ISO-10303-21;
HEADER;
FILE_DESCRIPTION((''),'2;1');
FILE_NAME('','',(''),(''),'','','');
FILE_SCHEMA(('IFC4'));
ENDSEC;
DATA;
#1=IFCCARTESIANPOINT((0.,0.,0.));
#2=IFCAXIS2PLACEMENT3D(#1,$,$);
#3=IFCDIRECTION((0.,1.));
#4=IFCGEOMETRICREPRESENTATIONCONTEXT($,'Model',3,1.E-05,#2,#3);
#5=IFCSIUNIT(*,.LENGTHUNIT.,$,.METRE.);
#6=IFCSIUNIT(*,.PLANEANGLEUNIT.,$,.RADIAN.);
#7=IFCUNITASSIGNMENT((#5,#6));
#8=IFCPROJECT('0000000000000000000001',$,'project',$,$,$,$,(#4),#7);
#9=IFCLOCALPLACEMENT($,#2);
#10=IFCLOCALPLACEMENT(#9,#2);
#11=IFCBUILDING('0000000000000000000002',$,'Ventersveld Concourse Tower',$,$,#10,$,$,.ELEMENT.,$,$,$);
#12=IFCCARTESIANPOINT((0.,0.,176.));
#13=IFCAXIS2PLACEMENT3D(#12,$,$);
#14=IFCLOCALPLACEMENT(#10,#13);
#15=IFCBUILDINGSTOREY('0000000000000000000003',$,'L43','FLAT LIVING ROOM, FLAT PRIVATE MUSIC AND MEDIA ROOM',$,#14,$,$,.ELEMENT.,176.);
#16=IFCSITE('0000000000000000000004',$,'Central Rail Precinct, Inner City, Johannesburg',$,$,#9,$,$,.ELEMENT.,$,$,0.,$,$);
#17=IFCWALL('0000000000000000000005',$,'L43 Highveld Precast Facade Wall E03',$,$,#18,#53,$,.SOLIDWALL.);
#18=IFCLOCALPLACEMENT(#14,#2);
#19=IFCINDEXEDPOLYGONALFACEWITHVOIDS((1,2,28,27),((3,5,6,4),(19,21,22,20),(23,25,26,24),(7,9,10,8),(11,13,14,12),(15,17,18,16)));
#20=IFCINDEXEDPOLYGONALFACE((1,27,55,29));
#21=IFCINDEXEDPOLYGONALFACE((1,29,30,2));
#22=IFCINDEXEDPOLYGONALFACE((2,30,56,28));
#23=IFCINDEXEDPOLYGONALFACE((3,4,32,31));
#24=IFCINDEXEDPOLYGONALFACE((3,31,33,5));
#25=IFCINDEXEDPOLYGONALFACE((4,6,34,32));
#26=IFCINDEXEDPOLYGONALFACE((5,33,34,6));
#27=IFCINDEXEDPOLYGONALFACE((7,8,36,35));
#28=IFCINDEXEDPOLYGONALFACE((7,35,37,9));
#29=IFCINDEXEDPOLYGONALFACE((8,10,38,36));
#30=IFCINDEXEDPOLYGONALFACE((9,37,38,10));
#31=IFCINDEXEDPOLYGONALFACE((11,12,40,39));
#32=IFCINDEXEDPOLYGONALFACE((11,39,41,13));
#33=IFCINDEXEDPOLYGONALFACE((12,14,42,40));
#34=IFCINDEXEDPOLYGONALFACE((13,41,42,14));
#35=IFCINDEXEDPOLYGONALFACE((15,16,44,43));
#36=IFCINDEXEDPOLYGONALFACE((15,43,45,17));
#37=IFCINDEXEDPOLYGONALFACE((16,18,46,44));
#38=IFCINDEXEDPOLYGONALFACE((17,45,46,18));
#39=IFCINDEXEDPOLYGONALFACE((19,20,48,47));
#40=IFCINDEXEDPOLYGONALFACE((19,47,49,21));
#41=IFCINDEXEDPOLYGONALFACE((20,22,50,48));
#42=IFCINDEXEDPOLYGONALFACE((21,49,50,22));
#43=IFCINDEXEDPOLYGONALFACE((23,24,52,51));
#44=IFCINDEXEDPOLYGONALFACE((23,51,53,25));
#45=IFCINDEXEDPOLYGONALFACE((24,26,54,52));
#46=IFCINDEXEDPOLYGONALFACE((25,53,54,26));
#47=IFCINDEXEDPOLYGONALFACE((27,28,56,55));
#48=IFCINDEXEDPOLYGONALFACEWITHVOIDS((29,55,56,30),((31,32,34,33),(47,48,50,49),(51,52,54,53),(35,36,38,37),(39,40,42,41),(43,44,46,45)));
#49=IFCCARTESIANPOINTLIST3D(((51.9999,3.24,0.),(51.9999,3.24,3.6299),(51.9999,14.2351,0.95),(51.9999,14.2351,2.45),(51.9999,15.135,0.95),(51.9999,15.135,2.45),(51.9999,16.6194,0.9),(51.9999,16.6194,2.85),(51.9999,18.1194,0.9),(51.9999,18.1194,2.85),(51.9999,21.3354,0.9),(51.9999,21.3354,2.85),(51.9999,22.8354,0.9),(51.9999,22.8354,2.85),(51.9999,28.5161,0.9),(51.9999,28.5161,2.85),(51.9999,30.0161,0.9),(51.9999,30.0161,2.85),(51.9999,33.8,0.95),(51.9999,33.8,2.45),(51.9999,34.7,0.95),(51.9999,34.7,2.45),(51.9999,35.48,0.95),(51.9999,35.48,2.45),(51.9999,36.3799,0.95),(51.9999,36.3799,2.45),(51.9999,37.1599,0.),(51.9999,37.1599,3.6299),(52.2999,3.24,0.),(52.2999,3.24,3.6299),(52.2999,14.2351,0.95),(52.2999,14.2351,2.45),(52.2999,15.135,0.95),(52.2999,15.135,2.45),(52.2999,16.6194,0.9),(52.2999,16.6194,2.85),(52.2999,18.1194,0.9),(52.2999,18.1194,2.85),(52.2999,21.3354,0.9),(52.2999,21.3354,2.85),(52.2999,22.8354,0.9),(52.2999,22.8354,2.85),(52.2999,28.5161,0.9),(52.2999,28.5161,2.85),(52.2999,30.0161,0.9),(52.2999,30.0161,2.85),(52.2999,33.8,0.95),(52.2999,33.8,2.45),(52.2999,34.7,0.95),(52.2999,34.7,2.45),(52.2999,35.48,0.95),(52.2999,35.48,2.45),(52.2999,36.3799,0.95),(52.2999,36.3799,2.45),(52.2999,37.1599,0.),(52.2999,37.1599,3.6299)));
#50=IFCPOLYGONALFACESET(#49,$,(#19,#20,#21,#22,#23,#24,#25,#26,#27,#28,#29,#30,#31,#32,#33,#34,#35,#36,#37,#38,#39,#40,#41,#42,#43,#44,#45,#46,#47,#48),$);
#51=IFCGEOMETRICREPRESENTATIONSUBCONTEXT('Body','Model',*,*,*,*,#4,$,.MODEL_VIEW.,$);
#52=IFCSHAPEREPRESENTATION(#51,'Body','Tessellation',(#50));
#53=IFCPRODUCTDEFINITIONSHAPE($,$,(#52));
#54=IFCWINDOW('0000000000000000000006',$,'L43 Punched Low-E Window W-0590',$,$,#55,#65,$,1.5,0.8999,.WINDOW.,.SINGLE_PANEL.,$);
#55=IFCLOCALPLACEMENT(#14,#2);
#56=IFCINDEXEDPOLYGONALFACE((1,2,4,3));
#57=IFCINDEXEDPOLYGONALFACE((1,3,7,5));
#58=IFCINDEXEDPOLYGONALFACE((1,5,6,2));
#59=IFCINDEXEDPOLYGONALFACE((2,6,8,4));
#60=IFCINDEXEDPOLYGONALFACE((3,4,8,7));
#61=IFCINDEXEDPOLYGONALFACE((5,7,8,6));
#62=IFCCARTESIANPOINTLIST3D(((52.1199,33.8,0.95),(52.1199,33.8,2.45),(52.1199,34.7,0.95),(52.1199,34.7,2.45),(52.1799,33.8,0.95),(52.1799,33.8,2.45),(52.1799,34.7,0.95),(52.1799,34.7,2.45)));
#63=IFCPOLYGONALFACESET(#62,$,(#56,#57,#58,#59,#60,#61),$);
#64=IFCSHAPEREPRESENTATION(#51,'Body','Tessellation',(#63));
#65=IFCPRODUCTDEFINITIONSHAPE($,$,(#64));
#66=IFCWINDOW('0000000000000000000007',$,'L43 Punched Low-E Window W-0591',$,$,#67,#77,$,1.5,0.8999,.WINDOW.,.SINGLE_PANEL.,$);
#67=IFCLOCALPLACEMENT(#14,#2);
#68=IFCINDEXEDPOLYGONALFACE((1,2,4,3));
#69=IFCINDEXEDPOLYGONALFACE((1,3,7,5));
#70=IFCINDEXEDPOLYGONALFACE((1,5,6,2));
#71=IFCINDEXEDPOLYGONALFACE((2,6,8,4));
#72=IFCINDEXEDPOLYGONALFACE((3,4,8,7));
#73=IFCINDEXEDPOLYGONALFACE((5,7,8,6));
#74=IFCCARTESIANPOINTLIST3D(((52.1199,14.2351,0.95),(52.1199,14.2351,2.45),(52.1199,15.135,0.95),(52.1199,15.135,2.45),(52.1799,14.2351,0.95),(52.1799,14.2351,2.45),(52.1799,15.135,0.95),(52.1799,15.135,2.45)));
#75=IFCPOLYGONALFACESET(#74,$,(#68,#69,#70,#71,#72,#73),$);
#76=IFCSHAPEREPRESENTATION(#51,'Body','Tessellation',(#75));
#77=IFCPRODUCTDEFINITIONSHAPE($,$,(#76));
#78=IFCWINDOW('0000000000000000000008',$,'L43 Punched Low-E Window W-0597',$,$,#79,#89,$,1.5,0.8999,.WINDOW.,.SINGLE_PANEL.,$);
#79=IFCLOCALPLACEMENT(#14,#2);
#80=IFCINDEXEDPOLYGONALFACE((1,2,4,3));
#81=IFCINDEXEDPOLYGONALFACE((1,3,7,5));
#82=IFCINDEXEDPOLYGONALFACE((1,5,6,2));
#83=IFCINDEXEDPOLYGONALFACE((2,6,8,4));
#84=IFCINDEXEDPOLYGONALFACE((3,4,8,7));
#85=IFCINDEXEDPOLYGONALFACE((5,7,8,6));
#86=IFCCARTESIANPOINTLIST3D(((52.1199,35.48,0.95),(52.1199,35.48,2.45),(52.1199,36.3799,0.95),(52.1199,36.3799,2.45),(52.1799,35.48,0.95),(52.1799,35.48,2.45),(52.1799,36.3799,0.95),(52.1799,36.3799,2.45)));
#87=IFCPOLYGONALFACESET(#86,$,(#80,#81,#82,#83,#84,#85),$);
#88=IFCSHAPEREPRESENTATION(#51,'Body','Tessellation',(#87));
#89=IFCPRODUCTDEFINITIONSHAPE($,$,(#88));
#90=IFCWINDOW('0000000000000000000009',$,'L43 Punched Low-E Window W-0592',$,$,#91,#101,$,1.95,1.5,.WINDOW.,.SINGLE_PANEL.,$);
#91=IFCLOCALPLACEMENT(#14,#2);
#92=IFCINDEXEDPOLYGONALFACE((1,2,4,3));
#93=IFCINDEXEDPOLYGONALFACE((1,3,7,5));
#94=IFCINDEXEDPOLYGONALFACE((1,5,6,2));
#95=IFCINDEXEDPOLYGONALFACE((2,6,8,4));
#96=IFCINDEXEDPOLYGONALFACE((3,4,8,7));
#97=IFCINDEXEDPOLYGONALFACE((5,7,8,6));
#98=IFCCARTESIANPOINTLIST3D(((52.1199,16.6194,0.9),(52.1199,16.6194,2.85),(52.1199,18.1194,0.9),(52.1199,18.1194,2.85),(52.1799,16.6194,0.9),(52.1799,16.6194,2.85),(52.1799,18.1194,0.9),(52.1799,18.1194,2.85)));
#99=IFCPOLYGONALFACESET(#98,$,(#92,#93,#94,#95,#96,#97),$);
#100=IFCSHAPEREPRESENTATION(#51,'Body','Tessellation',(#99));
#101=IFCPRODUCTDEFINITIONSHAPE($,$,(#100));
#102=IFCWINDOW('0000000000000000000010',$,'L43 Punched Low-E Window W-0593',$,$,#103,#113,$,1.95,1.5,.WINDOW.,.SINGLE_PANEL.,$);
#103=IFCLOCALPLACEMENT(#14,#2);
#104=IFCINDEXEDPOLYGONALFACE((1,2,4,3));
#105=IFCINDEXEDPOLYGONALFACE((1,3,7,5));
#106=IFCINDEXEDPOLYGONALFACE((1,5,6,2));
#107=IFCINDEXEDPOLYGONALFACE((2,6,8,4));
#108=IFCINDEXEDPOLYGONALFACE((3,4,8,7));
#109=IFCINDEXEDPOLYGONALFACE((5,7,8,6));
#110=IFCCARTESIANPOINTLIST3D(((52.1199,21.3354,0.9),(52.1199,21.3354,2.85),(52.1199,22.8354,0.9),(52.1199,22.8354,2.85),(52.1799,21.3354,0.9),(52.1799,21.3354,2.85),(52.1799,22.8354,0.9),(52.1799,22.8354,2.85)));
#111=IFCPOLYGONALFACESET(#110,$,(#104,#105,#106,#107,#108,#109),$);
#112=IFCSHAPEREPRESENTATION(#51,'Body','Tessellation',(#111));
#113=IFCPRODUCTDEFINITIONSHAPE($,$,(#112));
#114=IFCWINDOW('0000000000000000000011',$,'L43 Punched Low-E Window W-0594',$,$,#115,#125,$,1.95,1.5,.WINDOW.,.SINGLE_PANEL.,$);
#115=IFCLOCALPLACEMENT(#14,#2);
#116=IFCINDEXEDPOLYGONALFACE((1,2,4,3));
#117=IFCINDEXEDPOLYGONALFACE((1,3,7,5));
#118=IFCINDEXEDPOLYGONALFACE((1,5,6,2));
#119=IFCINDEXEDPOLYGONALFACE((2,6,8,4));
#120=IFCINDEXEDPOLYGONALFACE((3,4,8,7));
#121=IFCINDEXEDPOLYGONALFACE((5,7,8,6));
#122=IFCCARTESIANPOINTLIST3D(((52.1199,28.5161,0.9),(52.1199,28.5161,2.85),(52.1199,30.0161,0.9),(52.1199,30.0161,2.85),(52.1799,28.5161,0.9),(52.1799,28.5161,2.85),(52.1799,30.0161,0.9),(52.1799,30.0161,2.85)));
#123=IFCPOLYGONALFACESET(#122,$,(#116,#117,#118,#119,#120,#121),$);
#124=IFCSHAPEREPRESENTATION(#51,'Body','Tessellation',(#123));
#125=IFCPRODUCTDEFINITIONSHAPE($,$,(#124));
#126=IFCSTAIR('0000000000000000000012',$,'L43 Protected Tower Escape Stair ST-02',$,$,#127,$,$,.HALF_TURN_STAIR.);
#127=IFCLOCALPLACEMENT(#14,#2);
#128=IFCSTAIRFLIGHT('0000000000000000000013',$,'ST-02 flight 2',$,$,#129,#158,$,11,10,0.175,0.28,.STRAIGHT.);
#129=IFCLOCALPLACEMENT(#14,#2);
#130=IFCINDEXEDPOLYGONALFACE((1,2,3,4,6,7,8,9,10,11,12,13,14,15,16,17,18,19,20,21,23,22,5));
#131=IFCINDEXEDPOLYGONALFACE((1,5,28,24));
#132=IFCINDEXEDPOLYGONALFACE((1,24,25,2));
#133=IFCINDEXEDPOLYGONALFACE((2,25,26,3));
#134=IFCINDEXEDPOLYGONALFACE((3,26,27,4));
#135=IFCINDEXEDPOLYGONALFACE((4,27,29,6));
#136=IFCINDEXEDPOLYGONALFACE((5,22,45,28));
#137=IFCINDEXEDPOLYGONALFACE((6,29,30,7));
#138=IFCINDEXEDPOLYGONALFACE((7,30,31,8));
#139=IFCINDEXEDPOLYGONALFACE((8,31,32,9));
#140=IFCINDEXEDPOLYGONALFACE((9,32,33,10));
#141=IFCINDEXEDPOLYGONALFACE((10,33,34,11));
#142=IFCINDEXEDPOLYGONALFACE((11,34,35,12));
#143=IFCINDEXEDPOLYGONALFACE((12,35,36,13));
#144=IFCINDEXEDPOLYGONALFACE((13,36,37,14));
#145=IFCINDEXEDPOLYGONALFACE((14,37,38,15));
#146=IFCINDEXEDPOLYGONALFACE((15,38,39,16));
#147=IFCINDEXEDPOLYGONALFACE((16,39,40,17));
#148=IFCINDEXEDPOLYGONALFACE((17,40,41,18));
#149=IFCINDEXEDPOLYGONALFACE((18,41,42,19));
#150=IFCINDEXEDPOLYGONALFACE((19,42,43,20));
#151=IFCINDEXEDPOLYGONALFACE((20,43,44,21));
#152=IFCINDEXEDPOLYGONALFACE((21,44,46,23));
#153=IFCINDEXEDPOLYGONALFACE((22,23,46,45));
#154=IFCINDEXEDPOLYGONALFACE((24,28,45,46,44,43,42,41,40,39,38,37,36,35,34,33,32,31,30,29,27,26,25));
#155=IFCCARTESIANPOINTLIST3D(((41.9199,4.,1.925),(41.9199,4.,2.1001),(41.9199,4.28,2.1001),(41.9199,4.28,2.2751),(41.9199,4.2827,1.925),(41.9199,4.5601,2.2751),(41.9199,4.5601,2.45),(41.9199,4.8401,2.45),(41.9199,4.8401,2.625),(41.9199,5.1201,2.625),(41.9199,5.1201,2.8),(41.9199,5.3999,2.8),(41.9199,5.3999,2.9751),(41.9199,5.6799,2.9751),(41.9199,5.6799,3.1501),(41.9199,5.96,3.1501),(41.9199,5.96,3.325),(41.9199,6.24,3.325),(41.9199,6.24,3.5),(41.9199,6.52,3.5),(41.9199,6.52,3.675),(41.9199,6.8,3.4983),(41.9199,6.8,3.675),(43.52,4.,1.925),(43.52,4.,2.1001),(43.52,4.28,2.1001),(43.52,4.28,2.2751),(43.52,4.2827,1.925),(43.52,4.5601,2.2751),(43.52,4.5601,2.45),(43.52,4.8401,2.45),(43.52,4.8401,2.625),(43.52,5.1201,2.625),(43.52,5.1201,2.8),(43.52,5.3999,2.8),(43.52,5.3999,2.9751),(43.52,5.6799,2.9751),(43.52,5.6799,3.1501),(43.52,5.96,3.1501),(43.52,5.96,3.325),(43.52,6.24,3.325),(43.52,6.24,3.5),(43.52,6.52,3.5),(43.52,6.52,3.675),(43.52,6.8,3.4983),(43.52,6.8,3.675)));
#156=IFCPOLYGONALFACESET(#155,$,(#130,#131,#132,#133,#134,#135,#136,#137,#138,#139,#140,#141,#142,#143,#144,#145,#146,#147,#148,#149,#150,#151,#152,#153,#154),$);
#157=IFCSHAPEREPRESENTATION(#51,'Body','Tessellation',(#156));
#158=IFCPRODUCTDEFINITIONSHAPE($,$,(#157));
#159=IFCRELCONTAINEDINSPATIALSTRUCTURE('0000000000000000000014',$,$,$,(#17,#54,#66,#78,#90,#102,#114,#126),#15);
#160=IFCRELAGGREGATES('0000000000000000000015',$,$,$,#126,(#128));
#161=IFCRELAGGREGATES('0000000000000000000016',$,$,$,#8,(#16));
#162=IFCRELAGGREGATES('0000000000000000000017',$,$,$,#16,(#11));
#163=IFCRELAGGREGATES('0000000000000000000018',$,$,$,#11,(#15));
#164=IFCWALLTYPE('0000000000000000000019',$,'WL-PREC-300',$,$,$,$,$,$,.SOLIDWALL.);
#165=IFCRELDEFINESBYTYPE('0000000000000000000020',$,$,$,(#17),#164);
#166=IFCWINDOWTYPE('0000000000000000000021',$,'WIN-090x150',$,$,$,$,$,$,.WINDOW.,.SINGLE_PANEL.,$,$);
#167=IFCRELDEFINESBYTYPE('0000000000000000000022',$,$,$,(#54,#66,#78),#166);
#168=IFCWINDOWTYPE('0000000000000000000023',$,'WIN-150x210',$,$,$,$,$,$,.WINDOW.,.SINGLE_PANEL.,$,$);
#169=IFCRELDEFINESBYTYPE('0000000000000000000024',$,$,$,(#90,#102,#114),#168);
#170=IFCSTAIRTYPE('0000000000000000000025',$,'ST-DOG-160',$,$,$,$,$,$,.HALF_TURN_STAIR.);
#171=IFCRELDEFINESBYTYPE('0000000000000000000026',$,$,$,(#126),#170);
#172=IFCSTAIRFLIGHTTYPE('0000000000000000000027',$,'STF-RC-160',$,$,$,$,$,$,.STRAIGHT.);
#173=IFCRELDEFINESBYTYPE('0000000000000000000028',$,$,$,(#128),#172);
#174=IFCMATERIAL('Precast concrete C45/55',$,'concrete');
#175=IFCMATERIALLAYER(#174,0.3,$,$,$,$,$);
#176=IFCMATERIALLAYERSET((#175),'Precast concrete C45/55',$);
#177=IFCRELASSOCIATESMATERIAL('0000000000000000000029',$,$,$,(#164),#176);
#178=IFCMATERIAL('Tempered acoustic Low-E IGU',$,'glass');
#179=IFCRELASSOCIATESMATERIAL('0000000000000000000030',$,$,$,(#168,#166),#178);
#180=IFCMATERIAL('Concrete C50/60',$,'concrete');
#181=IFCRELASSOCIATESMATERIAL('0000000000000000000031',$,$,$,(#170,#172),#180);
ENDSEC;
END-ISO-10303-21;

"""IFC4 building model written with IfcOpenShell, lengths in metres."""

from ifc_helpers import new_model, si_unit, direction, frame, frame_2d, origin, place, context, subcontext, project, spatial, polyline, rectangle, outline, extrude, material, layer, layer_set, type_object, element, fill, aggregate, save


model = new_model("IFC4")

# Units and contexts
model_context = context("Model", 3, precision=1e-05, world=origin(), true_north=direction((0.0, 1.0)))
body_context = subcontext(model_context, "Body", "Model", "MODEL_VIEW")
ifc_project = project(units=[si_unit("LENGTHUNIT", "METRE"), si_unit("PLANEANGLEUNIT", "RADIAN")], contexts=[model_context])

# Site, building, storey
site_placement = place(None, origin())
site = spatial("IfcSite", under=ifc_project, at=site_placement, Name="Central Rail Precinct, Inner City, Johannesburg", CompositionType="ELEMENT", RefElevation=0.0)
building_placement = place(site_placement, origin())
building = spatial("IfcBuilding", under=site, at=building_placement, Name="Ventersveld Concourse Tower", CompositionType="ELEMENT")
storey_placement = place(building_placement, frame((0.0, 0.0, 176.0)))
storey = spatial("IfcBuildingStorey", under=building, at=storey_placement, Name="L43", Description="FLAT LIVING ROOM, FLAT PRIVATE MUSIC AND MEDIA ROOM", CompositionType="ELEMENT", Elevation=176.0)

# Shared definitions
ifc_material_1 = material(Name="Concrete C50/60", Category="concrete")

# Shared definitions
ifc_material_2 = material(Name="Precast concrete C45/55", Category="concrete")
ifc_layer_1 = layer(ifc_material_2, 0.3)
ifc_layer_set_1 = layer_set([ifc_layer_1], Name="Precast concrete C45/55")
wall_type_1 = type_object("IfcWallType", Name="WL-PREC-300", PredefinedType="SOLIDWALL", material=ifc_layer_set_1)
ifc_material_3 = material(Name="Tempered acoustic Low-E IGU", Category="glass")
window_type_1 = type_object("IfcWindowType", Name="WIN-150x210", PartitioningType="SINGLE_PANEL", PredefinedType="WINDOW", material=ifc_material_3)

# Wall, openings, windows
wall_1_placement = place(storey_placement, frame((52.1499, 3.24, 0.0), z_axis=(0.0, 0.0, 1.0), x_axis=(0.0, 1.0, 0.0)))
wall_1 = element("IfcWall", 1, at=wall_1_placement, inside=storey, type_object=wall_type_1, Name="L43 Highveld Precast Facade Wall E03", PredefinedType="SOLIDWALL", context=body_context, shape_type="SweptSolid", body=[
    extrude(rectangle(XDim=33.9199, YDim=0.3, at=frame_2d((16.96, 0.0))), origin(), (0.0, 0.0, 1.0), 3.6299),
])
opening_1_placement = place(wall_1_placement, frame((30.5601, 0.0, 0.95)))
opening_1 = element("IfcOpeningElement", 2, at=opening_1_placement, cuts=wall_1, PredefinedType="OPENING", context=body_context, shape_type="SweptSolid", body=[
    extrude(rectangle(XDim=0.8999, YDim=1.5, at=frame_2d((0.45, 0.75))), frame((0.0, 0.1602, 0.0), z_axis=(0.0, -1.0, 0.0), x_axis=(1.0, 0.0, 0.0)), (0.0, 0.0, 1.0), 0.3201),
])
opening_2_placement = place(wall_1_placement, frame((10.9951, 0.0, 0.95)))
opening_2 = element("IfcOpeningElement", 3, at=opening_2_placement, cuts=wall_1, PredefinedType="OPENING", context=body_context, shape_type="SweptSolid", body=[
    extrude(rectangle(XDim=0.8999, YDim=1.5, at=frame_2d((0.45, 0.75))), frame((0.0, 0.1602, 0.0), z_axis=(0.0, -1.0, 0.0), x_axis=(1.0, 0.0, 0.0)), (0.0, 0.0, 1.0), 0.3201),
])
opening_3_placement = place(wall_1_placement, frame((13.3794, 0.0, 0.8999)))
opening_3 = element("IfcOpeningElement", 4, at=opening_3_placement, cuts=wall_1, PredefinedType="OPENING", context=body_context, shape_type="SweptSolid", body=[
    extrude(rectangle(XDim=1.5, YDim=1.95, at=frame_2d((0.75, 0.9751))), frame((0.0, 0.1602, 0.0), z_axis=(0.0, -1.0, 0.0), x_axis=(1.0, 0.0, 0.0)), (0.0, 0.0, 1.0), 0.3201),
])
opening_4_placement = place(wall_1_placement, frame((18.0955, 0.0, 0.8999)))
opening_4 = element("IfcOpeningElement", 5, at=opening_4_placement, cuts=wall_1, PredefinedType="OPENING", context=body_context, shape_type="SweptSolid", body=[
    extrude(rectangle(XDim=1.5, YDim=1.95, at=frame_2d((0.75, 0.9751))), frame((0.0, 0.1602, 0.0), z_axis=(0.0, -1.0, 0.0), x_axis=(1.0, 0.0, 0.0)), (0.0, 0.0, 1.0), 0.3201),
])
opening_5_placement = place(wall_1_placement, frame((25.2761, 0.0, 0.8999)))
opening_5 = element("IfcOpeningElement", 6, at=opening_5_placement, cuts=wall_1, PredefinedType="OPENING", context=body_context, shape_type="SweptSolid", body=[
    extrude(rectangle(XDim=1.5, YDim=1.95, at=frame_2d((0.75, 0.9751))), frame((0.0, 0.1602, 0.0), z_axis=(0.0, -1.0, 0.0), x_axis=(1.0, 0.0, 0.0)), (0.0, 0.0, 1.0), 0.3201),
])
opening_6_placement = place(wall_1_placement, frame((32.24, 0.0, 0.95)))
opening_6 = element("IfcOpeningElement", 7, at=opening_6_placement, cuts=wall_1, PredefinedType="OPENING", context=body_context, shape_type="SweptSolid", body=[
    extrude(rectangle(XDim=0.8999, YDim=1.5, at=frame_2d((0.45, 0.75))), frame((0.0, 0.1602, 0.0), z_axis=(0.0, -1.0, 0.0), x_axis=(1.0, 0.0, 0.0)), (0.0, 0.0, 1.0), 0.3201),
])
window_type_2 = type_object("IfcWindowType", Name="WIN-090x150", PartitioningType="SINGLE_PANEL", PredefinedType="WINDOW", material=ifc_material_3)
window_1_placement = place(opening_1_placement, origin())
window_1 = element("IfcWindow", 8, at=window_1_placement, inside=storey, type_object=window_type_2, Name="L43 Punched Low-E Window W-0590", OverallHeight=1.5, OverallWidth=0.8999, PartitioningType="SINGLE_PANEL", PredefinedType="WINDOW", context=body_context, shape_type="SweptSolid", body=[
    extrude(rectangle(XDim=0.8999, YDim=1.5, at=frame_2d((0.45, 0.75))), frame((0.0, 0.03, 0.0), z_axis=(0.0, -1.0, 0.0), x_axis=(1.0, 0.0, 0.0)), (0.0, 0.0, 1.0), 0.0601),
])
fill(opening_1, window_1)
window_2_placement = place(opening_2_placement, origin())
window_2 = element("IfcWindow", 9, at=window_2_placement, inside=storey, type_object=window_type_2, Name="L43 Punched Low-E Window W-0591", OverallHeight=1.5, OverallWidth=0.8999, PartitioningType="SINGLE_PANEL", PredefinedType="WINDOW", context=body_context, shape_type="SweptSolid", body=[
    extrude(rectangle(XDim=0.8999, YDim=1.5, at=frame_2d((0.45, 0.75))), frame((0.0, 0.03, 0.0), z_axis=(0.0, -1.0, 0.0), x_axis=(1.0, 0.0, 0.0)), (0.0, 0.0, 1.0), 0.0601),
])
fill(opening_2, window_2)
window_3_placement = place(opening_6_placement, origin())
window_3 = element("IfcWindow", 10, at=window_3_placement, inside=storey, type_object=window_type_2, Name="L43 Punched Low-E Window W-0597", OverallHeight=1.5, OverallWidth=0.8999, PartitioningType="SINGLE_PANEL", PredefinedType="WINDOW", context=body_context, shape_type="SweptSolid", body=[
    extrude(rectangle(XDim=0.8999, YDim=1.5, at=frame_2d((0.45, 0.75))), frame((0.0, 0.03, 0.0), z_axis=(0.0, -1.0, 0.0), x_axis=(1.0, 0.0, 0.0)), (0.0, 0.0, 1.0), 0.0601),
])
fill(opening_6, window_3)
window_4_placement = place(opening_3_placement, origin())
window_4 = element("IfcWindow", 11, at=window_4_placement, inside=storey, type_object=window_type_1, Name="L43 Punched Low-E Window W-0592", OverallHeight=1.95, OverallWidth=1.5, PartitioningType="SINGLE_PANEL", PredefinedType="WINDOW", context=body_context, shape_type="SweptSolid", body=[
    extrude(rectangle(XDim=1.5, YDim=1.95, at=frame_2d((0.75, 0.9751))), frame((0.0, 0.03, 0.0), z_axis=(0.0, -1.0, 0.0), x_axis=(1.0, 0.0, 0.0)), (0.0, 0.0, 1.0), 0.0601),
])
fill(opening_3, window_4)
window_5_placement = place(opening_4_placement, origin())
window_5 = element("IfcWindow", 12, at=window_5_placement, inside=storey, type_object=window_type_1, Name="L43 Punched Low-E Window W-0593", OverallHeight=1.95, OverallWidth=1.5, PartitioningType="SINGLE_PANEL", PredefinedType="WINDOW", context=body_context, shape_type="SweptSolid", body=[
    extrude(rectangle(XDim=1.5, YDim=1.95, at=frame_2d((0.75, 0.9751))), frame((0.0, 0.03, 0.0), z_axis=(0.0, -1.0, 0.0), x_axis=(1.0, 0.0, 0.0)), (0.0, 0.0, 1.0), 0.0601),
])
fill(opening_4, window_5)
window_6_placement = place(opening_5_placement, origin())
window_6 = element("IfcWindow", 13, at=window_6_placement, inside=storey, type_object=window_type_1, Name="L43 Punched Low-E Window W-0594", OverallHeight=1.95, OverallWidth=1.5, PartitioningType="SINGLE_PANEL", PredefinedType="WINDOW", context=body_context, shape_type="SweptSolid", body=[
    extrude(rectangle(XDim=1.5, YDim=1.95, at=frame_2d((0.75, 0.9751))), frame((0.0, 0.03, 0.0), z_axis=(0.0, -1.0, 0.0), x_axis=(1.0, 0.0, 0.0)), (0.0, 0.0, 1.0), 0.0601),
])
fill(opening_5, window_6)

# Stair, stair flight
stair_type = type_object("IfcStairType", Name="ST-DOG-160", PredefinedType="HALF_TURN_STAIR", material=ifc_material_1)
stair_placement = place(storey_placement, origin())
stair = element("IfcStair", 14, at=stair_placement, inside=storey, type_object=stair_type, Name="L43 Protected Tower Escape Stair ST-02", PredefinedType="HALF_TURN_STAIR")
stair_flight_type = type_object("IfcStairFlightType", Name="STF-RC-160", PredefinedType="STRAIGHT", material=ifc_material_1)
stair_flight_placement = place(storey_placement, frame((42.72, 4.0, 1.925), z_axis=(0.0, 0.0, 1.0), x_axis=(0.0, 1.0, 0.0)))
stair_flight = element("IfcStairFlight", 15, at=stair_flight_placement, type_object=stair_flight_type, Name="ST-02 flight 2", NumberOfRisers=11, NumberOfTreads=10, PredefinedType="STRAIGHT", RiserHeight=0.175, TreadLength=0.28, context=body_context, shape_type="SweptSolid", body=[
    extrude(outline(polyline([(0.0, 0.0), (0.0, 0.175), (0.28, 0.175), (0.28, 0.3501), (0.5601, 0.3501), (0.5601, 0.5249), (0.8401, 0.5249), (0.8401, 0.7), (1.1201, 0.7), (1.1201, 0.875), (1.3999, 0.875), (1.3999, 1.05), (1.6799, 1.05), (1.6799, 1.2251), (1.96, 1.2251), (1.96, 1.3999), (2.24, 1.3999), (2.24, 1.575), (2.52, 1.575), (2.52, 1.75), (2.8, 1.75), (2.8, 1.925), (2.8, 1.5732), (0.2827, 0.0), (0.0, 0.0)])), frame((0.0, 0.8, 0.0), z_axis=(0.0, -1.0, 0.0), x_axis=(1.0, 0.0, 0.0)), (0.0, 0.0, 1.0), 1.6001),
])
aggregate(stair, [stair_flight])

save(model, "model.ifc")
